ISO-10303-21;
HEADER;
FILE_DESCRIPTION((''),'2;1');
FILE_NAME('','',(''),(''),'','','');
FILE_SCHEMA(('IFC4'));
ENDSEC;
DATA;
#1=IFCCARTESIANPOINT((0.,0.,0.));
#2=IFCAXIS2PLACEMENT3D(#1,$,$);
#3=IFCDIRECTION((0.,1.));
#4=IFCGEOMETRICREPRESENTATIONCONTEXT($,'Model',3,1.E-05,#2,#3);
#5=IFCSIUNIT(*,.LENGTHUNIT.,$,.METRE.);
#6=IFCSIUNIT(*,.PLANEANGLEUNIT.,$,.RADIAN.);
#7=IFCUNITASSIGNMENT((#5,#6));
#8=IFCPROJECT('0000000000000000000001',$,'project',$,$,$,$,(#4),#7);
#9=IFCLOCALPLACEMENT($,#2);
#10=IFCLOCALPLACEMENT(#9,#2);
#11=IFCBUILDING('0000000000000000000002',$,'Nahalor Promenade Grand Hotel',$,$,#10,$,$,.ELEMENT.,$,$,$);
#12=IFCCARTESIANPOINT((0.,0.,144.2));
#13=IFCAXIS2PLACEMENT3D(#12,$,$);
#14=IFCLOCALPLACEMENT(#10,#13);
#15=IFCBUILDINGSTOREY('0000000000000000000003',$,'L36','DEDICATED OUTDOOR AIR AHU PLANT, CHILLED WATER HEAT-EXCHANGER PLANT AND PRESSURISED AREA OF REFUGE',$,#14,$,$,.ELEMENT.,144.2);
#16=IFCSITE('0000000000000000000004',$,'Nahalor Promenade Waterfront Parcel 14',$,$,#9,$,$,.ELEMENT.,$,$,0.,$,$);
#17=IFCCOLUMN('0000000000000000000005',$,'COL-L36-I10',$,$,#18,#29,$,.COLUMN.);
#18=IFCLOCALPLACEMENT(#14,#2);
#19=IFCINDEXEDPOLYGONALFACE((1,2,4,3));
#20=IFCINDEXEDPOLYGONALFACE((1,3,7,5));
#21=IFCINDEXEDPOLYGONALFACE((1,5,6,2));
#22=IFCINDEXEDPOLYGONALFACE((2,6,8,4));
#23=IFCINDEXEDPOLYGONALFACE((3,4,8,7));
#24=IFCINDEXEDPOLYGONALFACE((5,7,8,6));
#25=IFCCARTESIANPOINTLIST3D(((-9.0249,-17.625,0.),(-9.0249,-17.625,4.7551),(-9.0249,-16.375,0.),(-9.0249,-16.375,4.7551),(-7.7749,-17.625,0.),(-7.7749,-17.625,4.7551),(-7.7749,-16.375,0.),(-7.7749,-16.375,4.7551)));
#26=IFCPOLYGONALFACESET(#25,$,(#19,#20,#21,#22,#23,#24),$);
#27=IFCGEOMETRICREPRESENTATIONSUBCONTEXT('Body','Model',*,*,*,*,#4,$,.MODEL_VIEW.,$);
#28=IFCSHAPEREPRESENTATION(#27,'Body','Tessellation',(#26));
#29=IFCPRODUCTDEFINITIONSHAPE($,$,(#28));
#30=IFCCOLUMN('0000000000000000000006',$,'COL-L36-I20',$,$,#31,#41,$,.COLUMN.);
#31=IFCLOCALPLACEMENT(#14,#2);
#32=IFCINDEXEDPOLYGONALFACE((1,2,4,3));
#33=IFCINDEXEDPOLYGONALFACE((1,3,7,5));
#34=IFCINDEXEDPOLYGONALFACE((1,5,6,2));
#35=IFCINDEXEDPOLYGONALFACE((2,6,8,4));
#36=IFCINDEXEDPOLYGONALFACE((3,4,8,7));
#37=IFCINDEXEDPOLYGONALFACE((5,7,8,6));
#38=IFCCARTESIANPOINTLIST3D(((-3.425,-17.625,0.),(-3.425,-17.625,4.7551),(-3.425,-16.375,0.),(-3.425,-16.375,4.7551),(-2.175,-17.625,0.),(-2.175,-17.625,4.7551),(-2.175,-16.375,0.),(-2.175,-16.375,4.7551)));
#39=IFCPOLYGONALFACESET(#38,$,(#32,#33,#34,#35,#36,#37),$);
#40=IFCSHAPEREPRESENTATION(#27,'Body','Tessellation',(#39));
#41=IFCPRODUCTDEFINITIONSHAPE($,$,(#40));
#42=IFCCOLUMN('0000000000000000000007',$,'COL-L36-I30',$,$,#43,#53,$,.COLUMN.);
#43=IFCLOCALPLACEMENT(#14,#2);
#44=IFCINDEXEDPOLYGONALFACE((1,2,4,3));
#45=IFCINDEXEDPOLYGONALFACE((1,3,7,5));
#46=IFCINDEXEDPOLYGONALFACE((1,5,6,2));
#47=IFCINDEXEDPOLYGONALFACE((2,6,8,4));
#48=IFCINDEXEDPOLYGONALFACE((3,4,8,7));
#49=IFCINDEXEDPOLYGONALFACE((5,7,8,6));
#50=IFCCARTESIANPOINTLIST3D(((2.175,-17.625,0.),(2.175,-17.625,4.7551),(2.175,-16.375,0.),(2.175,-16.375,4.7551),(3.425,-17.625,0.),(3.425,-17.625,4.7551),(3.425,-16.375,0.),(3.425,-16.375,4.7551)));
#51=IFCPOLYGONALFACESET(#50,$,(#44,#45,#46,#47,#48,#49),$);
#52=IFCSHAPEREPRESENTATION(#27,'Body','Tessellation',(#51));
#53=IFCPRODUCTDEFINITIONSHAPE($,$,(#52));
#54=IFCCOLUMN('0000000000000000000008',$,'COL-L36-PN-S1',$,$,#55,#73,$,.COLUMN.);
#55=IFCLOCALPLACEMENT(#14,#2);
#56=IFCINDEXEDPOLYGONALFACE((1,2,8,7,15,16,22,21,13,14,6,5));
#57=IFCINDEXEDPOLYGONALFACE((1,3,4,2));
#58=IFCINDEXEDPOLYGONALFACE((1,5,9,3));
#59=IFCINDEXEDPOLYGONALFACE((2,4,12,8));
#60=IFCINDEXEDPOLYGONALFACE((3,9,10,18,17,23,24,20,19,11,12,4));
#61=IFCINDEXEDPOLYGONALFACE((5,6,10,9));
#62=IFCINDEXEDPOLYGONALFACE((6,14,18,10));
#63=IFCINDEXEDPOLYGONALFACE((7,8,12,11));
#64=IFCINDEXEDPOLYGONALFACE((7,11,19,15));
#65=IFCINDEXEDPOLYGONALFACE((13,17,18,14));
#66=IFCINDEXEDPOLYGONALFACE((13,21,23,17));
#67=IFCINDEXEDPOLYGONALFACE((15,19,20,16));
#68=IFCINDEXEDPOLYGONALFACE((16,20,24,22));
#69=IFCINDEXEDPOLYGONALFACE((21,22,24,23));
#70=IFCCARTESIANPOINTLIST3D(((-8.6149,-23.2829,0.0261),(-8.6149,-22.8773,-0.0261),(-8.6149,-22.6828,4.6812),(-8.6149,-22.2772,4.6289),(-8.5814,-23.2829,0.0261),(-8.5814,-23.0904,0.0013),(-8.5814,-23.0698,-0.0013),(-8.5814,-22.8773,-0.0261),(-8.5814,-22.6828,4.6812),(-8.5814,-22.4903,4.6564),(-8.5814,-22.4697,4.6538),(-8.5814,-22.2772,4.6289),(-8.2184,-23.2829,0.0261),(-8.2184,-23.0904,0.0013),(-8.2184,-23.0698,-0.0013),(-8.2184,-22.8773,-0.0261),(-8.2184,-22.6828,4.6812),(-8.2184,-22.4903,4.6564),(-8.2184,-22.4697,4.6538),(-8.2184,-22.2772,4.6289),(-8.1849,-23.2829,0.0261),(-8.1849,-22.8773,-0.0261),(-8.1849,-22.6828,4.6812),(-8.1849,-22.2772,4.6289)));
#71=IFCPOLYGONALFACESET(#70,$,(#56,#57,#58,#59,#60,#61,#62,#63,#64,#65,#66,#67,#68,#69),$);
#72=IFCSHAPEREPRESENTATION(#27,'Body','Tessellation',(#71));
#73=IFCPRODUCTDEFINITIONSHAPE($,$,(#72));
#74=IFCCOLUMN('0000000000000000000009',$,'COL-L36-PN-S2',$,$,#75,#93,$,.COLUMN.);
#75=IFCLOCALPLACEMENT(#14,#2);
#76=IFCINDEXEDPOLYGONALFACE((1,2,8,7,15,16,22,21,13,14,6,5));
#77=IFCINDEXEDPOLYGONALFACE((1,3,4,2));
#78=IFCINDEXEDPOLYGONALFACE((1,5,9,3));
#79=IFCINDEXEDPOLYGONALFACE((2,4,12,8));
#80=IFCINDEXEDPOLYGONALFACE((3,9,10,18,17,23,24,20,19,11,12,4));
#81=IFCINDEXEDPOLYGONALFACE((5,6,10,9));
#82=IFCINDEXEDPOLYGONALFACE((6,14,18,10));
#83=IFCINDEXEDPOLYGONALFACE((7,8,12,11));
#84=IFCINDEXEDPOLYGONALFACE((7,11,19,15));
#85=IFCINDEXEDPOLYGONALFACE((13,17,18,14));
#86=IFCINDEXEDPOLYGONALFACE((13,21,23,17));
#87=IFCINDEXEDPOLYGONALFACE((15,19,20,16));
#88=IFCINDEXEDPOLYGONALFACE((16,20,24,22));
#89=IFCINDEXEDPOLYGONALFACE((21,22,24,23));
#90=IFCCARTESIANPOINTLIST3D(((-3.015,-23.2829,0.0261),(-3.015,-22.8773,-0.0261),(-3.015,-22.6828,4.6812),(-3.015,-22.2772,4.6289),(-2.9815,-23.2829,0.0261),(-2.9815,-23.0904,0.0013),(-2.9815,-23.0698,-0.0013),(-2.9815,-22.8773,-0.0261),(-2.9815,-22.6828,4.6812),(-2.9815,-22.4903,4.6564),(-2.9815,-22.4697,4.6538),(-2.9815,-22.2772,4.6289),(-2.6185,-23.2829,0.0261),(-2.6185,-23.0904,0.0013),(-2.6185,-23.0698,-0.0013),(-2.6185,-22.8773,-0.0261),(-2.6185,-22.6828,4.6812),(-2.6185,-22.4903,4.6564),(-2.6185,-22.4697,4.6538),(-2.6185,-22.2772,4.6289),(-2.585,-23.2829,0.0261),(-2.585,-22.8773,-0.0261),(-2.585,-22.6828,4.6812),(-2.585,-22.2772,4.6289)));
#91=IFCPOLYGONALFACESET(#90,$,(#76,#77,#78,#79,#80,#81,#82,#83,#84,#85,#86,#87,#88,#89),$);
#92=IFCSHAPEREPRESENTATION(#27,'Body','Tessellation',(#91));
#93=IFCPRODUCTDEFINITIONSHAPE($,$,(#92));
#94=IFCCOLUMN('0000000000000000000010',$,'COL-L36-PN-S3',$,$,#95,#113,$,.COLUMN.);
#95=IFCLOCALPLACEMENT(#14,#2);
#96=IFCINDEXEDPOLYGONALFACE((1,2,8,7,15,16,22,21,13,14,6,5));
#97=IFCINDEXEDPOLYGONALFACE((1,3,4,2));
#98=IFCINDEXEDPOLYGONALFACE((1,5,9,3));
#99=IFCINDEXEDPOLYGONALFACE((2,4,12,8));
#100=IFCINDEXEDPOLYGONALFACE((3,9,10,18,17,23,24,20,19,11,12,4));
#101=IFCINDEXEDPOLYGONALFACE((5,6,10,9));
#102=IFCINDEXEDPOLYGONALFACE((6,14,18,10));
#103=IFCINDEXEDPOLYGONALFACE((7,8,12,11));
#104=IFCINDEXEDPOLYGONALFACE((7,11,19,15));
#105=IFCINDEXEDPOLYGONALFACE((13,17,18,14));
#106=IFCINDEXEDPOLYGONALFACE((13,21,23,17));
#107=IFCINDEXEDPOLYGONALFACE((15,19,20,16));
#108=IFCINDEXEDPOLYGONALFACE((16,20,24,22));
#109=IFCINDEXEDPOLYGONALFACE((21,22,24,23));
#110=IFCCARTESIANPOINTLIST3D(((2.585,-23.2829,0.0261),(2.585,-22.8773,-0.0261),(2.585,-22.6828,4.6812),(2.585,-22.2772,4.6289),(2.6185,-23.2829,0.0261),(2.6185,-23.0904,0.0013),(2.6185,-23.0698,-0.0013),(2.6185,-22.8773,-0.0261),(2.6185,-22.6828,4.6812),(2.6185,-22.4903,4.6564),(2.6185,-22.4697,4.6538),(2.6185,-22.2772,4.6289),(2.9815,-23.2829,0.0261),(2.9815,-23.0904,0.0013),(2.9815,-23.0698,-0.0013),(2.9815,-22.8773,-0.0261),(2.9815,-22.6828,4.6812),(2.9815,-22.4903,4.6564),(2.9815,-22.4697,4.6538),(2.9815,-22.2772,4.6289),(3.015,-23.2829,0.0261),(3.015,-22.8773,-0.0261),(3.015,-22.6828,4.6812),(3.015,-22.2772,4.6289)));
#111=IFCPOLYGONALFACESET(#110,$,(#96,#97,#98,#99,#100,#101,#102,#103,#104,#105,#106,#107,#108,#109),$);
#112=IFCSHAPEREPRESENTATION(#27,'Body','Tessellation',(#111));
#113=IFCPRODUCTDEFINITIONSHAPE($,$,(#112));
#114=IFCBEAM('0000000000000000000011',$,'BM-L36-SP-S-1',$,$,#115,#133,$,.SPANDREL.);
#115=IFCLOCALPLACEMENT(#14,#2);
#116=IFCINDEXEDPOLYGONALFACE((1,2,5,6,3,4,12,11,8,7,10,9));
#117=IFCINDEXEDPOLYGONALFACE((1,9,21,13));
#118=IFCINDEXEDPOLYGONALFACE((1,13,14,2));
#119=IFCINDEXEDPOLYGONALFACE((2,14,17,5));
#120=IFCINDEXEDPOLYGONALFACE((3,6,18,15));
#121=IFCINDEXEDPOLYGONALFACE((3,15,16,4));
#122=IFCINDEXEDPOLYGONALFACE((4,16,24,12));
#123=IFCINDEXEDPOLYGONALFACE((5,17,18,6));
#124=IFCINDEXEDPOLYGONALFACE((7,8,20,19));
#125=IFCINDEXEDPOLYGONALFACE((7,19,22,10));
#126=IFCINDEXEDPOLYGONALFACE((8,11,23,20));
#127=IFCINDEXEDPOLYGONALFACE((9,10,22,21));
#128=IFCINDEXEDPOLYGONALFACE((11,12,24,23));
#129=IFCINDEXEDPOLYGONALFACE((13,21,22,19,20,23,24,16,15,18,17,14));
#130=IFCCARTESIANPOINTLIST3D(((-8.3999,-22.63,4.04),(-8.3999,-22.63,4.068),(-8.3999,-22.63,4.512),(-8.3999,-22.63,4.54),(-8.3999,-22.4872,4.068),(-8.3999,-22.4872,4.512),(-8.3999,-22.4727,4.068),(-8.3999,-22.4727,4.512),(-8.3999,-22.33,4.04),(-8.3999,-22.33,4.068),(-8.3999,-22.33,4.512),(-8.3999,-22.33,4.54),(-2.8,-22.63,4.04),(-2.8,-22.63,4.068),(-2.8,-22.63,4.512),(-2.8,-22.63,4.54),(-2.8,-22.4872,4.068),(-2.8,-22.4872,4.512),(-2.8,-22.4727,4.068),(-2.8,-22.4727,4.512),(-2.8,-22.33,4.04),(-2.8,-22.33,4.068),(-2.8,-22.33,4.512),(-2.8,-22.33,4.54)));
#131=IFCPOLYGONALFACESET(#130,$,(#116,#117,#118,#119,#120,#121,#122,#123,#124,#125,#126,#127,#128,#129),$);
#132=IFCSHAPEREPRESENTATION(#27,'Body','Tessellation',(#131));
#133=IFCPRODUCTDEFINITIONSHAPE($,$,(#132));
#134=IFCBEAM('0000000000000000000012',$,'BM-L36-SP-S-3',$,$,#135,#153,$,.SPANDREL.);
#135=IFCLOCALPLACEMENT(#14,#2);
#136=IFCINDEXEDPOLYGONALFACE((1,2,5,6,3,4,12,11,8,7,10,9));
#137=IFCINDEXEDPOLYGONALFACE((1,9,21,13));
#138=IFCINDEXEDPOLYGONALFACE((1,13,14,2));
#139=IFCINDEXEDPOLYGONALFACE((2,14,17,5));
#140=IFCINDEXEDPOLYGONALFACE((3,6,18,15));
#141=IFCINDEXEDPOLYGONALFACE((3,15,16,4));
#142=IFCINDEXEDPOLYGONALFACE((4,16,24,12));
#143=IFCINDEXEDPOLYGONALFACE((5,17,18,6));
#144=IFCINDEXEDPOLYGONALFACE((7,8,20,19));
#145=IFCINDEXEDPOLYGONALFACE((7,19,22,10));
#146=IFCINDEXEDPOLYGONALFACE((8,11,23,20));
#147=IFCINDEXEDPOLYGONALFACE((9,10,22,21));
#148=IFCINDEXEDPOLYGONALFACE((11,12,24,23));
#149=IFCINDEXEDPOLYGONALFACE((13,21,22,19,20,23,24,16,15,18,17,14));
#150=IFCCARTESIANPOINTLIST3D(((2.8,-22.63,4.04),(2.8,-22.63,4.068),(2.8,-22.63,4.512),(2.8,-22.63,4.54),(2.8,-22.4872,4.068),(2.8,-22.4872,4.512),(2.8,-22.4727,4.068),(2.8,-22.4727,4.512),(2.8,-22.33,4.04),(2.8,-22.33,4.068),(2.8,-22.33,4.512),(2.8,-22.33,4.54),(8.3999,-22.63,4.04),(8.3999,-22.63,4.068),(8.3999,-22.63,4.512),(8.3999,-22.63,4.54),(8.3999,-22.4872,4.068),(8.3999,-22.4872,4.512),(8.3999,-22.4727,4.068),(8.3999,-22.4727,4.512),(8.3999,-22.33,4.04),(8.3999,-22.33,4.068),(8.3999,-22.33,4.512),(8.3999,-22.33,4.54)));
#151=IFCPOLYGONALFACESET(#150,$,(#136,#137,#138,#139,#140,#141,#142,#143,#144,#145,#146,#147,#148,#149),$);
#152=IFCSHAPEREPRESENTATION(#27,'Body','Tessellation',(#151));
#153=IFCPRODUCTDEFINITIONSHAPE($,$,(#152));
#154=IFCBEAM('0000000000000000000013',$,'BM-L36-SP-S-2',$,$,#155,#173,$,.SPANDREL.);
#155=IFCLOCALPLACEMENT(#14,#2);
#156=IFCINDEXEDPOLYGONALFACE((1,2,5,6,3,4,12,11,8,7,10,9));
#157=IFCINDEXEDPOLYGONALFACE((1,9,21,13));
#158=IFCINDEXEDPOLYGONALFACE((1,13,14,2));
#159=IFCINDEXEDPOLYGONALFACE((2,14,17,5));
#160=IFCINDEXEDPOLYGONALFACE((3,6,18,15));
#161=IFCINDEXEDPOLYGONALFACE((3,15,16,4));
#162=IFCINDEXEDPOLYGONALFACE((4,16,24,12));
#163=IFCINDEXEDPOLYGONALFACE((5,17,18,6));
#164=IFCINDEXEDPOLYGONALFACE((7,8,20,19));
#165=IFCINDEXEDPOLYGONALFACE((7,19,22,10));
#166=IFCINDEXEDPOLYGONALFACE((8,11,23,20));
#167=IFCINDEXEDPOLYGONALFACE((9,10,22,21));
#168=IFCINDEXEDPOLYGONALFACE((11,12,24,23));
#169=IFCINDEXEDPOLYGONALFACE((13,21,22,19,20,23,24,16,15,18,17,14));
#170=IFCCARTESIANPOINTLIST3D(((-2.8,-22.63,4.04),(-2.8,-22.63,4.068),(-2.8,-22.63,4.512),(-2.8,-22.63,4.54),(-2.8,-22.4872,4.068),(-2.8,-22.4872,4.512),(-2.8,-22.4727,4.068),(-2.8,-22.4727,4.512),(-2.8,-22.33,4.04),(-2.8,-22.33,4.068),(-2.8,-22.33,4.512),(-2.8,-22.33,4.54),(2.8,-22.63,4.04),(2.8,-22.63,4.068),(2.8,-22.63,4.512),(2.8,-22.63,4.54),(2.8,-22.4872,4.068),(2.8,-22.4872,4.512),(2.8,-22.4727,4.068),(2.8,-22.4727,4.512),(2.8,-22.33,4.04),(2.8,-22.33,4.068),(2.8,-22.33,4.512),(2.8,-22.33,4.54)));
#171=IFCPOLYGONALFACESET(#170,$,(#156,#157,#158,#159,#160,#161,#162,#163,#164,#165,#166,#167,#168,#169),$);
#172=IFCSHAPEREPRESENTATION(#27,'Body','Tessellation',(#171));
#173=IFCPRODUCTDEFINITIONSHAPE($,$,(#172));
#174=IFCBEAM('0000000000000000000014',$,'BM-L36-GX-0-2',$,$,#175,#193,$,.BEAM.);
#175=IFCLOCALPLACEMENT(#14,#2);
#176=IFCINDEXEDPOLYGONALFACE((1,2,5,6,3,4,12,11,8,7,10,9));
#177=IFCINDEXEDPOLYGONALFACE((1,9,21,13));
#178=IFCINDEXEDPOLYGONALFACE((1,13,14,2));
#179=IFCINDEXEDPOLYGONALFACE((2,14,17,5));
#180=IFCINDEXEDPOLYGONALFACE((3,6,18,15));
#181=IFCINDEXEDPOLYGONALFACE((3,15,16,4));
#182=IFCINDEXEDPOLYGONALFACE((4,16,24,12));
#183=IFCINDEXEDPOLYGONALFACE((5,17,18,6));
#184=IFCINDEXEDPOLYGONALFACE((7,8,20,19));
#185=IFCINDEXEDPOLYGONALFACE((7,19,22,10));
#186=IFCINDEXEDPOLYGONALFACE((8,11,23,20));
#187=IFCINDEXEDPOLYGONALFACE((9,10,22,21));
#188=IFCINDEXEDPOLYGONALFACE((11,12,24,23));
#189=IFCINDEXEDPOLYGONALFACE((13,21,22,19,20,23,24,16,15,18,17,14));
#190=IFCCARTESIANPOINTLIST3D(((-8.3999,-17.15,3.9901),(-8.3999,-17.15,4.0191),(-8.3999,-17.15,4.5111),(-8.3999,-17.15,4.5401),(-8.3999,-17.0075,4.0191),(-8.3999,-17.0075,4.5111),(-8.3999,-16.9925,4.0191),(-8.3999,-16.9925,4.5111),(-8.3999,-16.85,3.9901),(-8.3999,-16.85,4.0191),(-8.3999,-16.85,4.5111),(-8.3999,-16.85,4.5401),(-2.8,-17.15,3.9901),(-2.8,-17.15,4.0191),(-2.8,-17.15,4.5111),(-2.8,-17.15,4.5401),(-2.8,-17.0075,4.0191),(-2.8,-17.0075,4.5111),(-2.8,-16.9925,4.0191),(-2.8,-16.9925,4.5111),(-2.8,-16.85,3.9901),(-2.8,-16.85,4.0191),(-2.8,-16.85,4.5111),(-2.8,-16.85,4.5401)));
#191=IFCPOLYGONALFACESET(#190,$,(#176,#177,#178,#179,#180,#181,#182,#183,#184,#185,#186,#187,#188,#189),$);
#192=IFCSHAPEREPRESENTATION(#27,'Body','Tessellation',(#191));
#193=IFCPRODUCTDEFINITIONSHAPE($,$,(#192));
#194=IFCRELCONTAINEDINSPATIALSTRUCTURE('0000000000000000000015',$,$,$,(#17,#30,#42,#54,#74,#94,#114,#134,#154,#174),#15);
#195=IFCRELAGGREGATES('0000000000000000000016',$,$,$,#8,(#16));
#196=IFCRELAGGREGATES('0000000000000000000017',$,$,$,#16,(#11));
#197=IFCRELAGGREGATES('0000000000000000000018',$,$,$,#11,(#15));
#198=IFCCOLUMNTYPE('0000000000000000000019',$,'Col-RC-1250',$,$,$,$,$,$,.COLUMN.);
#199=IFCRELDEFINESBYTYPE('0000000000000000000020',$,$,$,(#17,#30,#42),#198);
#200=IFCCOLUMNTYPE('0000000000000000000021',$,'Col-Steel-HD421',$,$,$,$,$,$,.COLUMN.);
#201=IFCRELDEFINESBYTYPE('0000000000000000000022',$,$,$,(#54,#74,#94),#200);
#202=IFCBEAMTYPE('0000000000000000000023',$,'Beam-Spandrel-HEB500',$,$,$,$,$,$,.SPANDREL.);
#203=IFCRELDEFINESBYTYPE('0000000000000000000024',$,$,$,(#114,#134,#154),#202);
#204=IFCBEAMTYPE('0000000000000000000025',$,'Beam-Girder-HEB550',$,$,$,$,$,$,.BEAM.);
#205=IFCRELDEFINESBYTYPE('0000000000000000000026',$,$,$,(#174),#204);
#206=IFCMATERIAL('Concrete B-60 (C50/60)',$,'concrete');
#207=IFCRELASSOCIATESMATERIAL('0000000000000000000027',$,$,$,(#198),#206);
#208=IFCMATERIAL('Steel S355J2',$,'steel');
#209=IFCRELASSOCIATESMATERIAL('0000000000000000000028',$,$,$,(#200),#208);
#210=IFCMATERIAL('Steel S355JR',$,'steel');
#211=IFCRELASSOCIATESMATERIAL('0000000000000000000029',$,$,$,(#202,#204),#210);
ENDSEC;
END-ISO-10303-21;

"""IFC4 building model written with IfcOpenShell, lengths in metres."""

from ifc_helpers import new_model, si_unit, direction, frame, origin, origin_2d, place, context, subcontext, project, spatial, rectangle, i_section, extrude, source, transform, mapped, material, material_profile, profile_set, type_object, element, save


model = new_model("IFC4")

# Units and contexts
model_context = context("Model", 3, precision=1e-05, world=origin(), true_north=direction((0.0, 1.0)))
body_context = subcontext(model_context, "Body", "Model", "MODEL_VIEW")
ifc_project = project(units=[si_unit("LENGTHUNIT", "METRE"), si_unit("PLANEANGLEUNIT", "RADIAN")], contexts=[model_context])

# Site, building, storey
site_placement = place(None, origin())
site = spatial("IfcSite", under=ifc_project, at=site_placement, Name="Nahalor Promenade Waterfront Parcel 14", CompositionType="ELEMENT", RefElevation=0.0)
building_placement = place(site_placement, origin())
building = spatial("IfcBuilding", under=site, at=building_placement, Name="Nahalor Promenade Grand Hotel", CompositionType="ELEMENT")
storey_placement = place(building_placement, frame((0.0, 0.0, 144.2)))
storey = spatial("IfcBuildingStorey", under=building, at=storey_placement, Name="L36", Description="DEDICATED OUTDOOR AIR AHU PLANT, CHILLED WATER HEAT-EXCHANGER PLANT AND PRESSURISED AREA OF REFUGE", CompositionType="ELEMENT", Elevation=144.2)

# Columns
ifc_material_1 = material(Name="Concrete B-60 (C50/60)", Category="concrete")
ifc_material_profile_1 = material_profile(ifc_material_1, rectangle(XDim=1.25, YDim=1.25, at=origin_2d()), Name="RC 1250x1250")
ifc_profile_set_1 = profile_set([ifc_material_profile_1], Name="Concrete B-60 (C50/60)")
column_type_1 = type_object("IfcColumnType", Name="Col-RC-1250", PredefinedType="COLUMN", material=ifc_profile_set_1)
shared_shape_1 = source(origin(), body_context, "Body", "SweptSolid", [
    extrude(rectangle(XDim=1.25, YDim=1.25, at=origin_2d()), origin(), (0.0, 0.0, 1.0), 4.7551),
])
for number, where, z_axis, x_axis, name in (
    (1, (-8.3999, -17.0, 0.0), (0.0, 0.0, 1.0), (1.0, 0.0, 0.0), "COL-L36-I10"),
    (2, (-2.8, -17.0, 0.0), (0.0, 0.0, 1.0), (1.0, 0.0, 0.0), "COL-L36-I20"),
    (3, (2.8, -17.0, 0.0), (0.0, 0.0, 1.0), (1.0, 0.0, 0.0), "COL-L36-I30"),
):
    element("IfcColumn", number, at=place(storey_placement, frame(where, z_axis=z_axis, x_axis=x_axis)), inside=storey, type_object=column_type_1, Name=name, PredefinedType="COLUMN", context=body_context, shape_type="MappedRepresentation", body=[
        mapped(shared_shape_1, transform((0.0, 0.0, 0.0), scale=1.0)),
    ])
ifc_material_2 = material(Name="Steel S355J2", Category="steel")
ifc_material_profile_2 = material_profile(ifc_material_2, i_section(OverallWidth=0.409, OverallDepth=0.43, WebThickness=0.0208, FlangeThickness=0.0335, at=origin_2d()), Name="HD 400x421")
ifc_profile_set_2 = profile_set([ifc_material_profile_2], Name="Steel S355J2")
column_type_2 = type_object("IfcColumnType", Name="Col-Steel-HD421", PredefinedType="COLUMN", material=ifc_profile_set_2)
shared_shape_2 = source(origin(), body_context, "Body", "SweptSolid", [
    extrude(i_section(OverallWidth=0.409, OverallDepth=0.43, WebThickness=0.0208, FlangeThickness=0.0335, at=origin_2d()), origin(), (0.0, 0.0, 1.0), 4.6936),
])
for number, where, z_axis, x_axis, name in (
    (4, (-8.3999, -23.0801, 0.0), (0.0, 0.127856, 0.991793), (0.0, -0.991793, 0.127856), "COL-L36-PN-S1"),
    (5, (-2.8, -23.0801, 0.0), (0.0, 0.127856, 0.991793), (0.0, -0.991793, 0.127856), "COL-L36-PN-S2"),
    (6, (2.8, -23.0801, 0.0), (0.0, 0.127856, 0.991793), (0.0, -0.991793, 0.127856), "COL-L36-PN-S3"),
):
    element("IfcColumn", number, at=place(storey_placement, frame(where, z_axis=z_axis, x_axis=x_axis)), inside=storey, type_object=column_type_2, Name=name, PredefinedType="COLUMN", context=body_context, shape_type="MappedRepresentation", body=[
        mapped(shared_shape_2, transform((0.0, 0.0, 0.0), scale=1.0)),
    ])

# Beams
ifc_material_3 = material(Name="Steel S355JR", Category="steel")
ifc_material_profile_3 = material_profile(ifc_material_3, i_section(OverallWidth=0.3, OverallDepth=0.5, WebThickness=0.0145, FlangeThickness=0.028, at=origin_2d()), Name="HEB 500")
ifc_profile_set_3 = profile_set([ifc_material_profile_3], Name="Steel S355JR")
beam_type_1 = type_object("IfcBeamType", Name="Beam-Spandrel-HEB500", PredefinedType="SPANDREL", material=ifc_profile_set_3)
shared_shape_3 = source(origin(), body_context, "Body", "SweptSolid", [
    extrude(i_section(OverallWidth=0.3, OverallDepth=0.5, WebThickness=0.0145, FlangeThickness=0.028, at=origin_2d()), origin(), (0.0, 0.0, 1.0), 5.5999),
])
for number, where, z_axis, x_axis, name in (
    (7, (-8.3999, -22.48, 4.29), (1.0, 0.0, 0.0), (0.0, 1.0, 0.0), "BM-L36-SP-S-1"),
    (8, (2.8, -22.48, 4.29), (1.0, 0.0, 0.0), (0.0, 1.0, 0.0), "BM-L36-SP-S-3"),
):
    element("IfcBeam", number, at=place(storey_placement, frame(where, z_axis=z_axis, x_axis=x_axis)), inside=storey, type_object=beam_type_1, Name=name, PredefinedType="SPANDREL", context=body_context, shape_type="MappedRepresentation", body=[
        mapped(shared_shape_3, transform((0.0, 0.0, 0.0), scale=1.0)),
    ])
shared_shape_4 = source(origin(), body_context, "Body", "SweptSolid", [
    extrude(i_section(OverallWidth=0.3, OverallDepth=0.5, WebThickness=0.0145, FlangeThickness=0.028, at=origin_2d()), origin(), (0.0, 0.0, 1.0), 5.6001),
])
beam_1_placement = place(storey_placement, frame((-2.8, -22.48, 4.29), z_axis=(1.0, 0.0, 0.0), x_axis=(0.0, 1.0, 0.0)))
element("IfcBeam", 9, at=beam_1_placement, inside=storey, type_object=beam_type_1, Name="BM-L36-SP-S-2", PredefinedType="SPANDREL", context=body_context, shape_type="MappedRepresentation", body=[
    mapped(shared_shape_4, transform((0.0, 0.0, 0.0), scale=1.0)),
])
ifc_material_profile_4 = material_profile(ifc_material_3, i_section(OverallWidth=0.3, OverallDepth=0.55, WebThickness=0.015, FlangeThickness=0.029, at=origin_2d()), Name="HEB 550")
ifc_profile_set_4 = profile_set([ifc_material_profile_4], Name="Steel S355JR")
beam_type_2 = type_object("IfcBeamType", Name="Beam-Girder-HEB550", PredefinedType="BEAM", material=ifc_profile_set_4)
shared_shape_5 = source(origin(), body_context, "Body", "SweptSolid", [
    extrude(i_section(OverallWidth=0.3, OverallDepth=0.55, WebThickness=0.015, FlangeThickness=0.029, at=origin_2d()), origin(), (0.0, 0.0, 1.0), 5.5999),
])
for number, where, z_axis, x_axis, name in (
    (10, (-8.3999, -17.0, 4.2651), (1.0, 0.0, 0.0), (0.0, 1.0, 0.0), "BM-L36-GX-0-2"),
):
    element("IfcBeam", number, at=place(storey_placement, frame(where, z_axis=z_axis, x_axis=x_axis)), inside=storey, type_object=beam_type_2, Name=name, PredefinedType="BEAM", context=body_context, shape_type="MappedRepresentation", body=[
        mapped(shared_shape_5, transform((0.0, 0.0, 0.0), scale=1.0)),
    ])

save(model, "model.ifc")
